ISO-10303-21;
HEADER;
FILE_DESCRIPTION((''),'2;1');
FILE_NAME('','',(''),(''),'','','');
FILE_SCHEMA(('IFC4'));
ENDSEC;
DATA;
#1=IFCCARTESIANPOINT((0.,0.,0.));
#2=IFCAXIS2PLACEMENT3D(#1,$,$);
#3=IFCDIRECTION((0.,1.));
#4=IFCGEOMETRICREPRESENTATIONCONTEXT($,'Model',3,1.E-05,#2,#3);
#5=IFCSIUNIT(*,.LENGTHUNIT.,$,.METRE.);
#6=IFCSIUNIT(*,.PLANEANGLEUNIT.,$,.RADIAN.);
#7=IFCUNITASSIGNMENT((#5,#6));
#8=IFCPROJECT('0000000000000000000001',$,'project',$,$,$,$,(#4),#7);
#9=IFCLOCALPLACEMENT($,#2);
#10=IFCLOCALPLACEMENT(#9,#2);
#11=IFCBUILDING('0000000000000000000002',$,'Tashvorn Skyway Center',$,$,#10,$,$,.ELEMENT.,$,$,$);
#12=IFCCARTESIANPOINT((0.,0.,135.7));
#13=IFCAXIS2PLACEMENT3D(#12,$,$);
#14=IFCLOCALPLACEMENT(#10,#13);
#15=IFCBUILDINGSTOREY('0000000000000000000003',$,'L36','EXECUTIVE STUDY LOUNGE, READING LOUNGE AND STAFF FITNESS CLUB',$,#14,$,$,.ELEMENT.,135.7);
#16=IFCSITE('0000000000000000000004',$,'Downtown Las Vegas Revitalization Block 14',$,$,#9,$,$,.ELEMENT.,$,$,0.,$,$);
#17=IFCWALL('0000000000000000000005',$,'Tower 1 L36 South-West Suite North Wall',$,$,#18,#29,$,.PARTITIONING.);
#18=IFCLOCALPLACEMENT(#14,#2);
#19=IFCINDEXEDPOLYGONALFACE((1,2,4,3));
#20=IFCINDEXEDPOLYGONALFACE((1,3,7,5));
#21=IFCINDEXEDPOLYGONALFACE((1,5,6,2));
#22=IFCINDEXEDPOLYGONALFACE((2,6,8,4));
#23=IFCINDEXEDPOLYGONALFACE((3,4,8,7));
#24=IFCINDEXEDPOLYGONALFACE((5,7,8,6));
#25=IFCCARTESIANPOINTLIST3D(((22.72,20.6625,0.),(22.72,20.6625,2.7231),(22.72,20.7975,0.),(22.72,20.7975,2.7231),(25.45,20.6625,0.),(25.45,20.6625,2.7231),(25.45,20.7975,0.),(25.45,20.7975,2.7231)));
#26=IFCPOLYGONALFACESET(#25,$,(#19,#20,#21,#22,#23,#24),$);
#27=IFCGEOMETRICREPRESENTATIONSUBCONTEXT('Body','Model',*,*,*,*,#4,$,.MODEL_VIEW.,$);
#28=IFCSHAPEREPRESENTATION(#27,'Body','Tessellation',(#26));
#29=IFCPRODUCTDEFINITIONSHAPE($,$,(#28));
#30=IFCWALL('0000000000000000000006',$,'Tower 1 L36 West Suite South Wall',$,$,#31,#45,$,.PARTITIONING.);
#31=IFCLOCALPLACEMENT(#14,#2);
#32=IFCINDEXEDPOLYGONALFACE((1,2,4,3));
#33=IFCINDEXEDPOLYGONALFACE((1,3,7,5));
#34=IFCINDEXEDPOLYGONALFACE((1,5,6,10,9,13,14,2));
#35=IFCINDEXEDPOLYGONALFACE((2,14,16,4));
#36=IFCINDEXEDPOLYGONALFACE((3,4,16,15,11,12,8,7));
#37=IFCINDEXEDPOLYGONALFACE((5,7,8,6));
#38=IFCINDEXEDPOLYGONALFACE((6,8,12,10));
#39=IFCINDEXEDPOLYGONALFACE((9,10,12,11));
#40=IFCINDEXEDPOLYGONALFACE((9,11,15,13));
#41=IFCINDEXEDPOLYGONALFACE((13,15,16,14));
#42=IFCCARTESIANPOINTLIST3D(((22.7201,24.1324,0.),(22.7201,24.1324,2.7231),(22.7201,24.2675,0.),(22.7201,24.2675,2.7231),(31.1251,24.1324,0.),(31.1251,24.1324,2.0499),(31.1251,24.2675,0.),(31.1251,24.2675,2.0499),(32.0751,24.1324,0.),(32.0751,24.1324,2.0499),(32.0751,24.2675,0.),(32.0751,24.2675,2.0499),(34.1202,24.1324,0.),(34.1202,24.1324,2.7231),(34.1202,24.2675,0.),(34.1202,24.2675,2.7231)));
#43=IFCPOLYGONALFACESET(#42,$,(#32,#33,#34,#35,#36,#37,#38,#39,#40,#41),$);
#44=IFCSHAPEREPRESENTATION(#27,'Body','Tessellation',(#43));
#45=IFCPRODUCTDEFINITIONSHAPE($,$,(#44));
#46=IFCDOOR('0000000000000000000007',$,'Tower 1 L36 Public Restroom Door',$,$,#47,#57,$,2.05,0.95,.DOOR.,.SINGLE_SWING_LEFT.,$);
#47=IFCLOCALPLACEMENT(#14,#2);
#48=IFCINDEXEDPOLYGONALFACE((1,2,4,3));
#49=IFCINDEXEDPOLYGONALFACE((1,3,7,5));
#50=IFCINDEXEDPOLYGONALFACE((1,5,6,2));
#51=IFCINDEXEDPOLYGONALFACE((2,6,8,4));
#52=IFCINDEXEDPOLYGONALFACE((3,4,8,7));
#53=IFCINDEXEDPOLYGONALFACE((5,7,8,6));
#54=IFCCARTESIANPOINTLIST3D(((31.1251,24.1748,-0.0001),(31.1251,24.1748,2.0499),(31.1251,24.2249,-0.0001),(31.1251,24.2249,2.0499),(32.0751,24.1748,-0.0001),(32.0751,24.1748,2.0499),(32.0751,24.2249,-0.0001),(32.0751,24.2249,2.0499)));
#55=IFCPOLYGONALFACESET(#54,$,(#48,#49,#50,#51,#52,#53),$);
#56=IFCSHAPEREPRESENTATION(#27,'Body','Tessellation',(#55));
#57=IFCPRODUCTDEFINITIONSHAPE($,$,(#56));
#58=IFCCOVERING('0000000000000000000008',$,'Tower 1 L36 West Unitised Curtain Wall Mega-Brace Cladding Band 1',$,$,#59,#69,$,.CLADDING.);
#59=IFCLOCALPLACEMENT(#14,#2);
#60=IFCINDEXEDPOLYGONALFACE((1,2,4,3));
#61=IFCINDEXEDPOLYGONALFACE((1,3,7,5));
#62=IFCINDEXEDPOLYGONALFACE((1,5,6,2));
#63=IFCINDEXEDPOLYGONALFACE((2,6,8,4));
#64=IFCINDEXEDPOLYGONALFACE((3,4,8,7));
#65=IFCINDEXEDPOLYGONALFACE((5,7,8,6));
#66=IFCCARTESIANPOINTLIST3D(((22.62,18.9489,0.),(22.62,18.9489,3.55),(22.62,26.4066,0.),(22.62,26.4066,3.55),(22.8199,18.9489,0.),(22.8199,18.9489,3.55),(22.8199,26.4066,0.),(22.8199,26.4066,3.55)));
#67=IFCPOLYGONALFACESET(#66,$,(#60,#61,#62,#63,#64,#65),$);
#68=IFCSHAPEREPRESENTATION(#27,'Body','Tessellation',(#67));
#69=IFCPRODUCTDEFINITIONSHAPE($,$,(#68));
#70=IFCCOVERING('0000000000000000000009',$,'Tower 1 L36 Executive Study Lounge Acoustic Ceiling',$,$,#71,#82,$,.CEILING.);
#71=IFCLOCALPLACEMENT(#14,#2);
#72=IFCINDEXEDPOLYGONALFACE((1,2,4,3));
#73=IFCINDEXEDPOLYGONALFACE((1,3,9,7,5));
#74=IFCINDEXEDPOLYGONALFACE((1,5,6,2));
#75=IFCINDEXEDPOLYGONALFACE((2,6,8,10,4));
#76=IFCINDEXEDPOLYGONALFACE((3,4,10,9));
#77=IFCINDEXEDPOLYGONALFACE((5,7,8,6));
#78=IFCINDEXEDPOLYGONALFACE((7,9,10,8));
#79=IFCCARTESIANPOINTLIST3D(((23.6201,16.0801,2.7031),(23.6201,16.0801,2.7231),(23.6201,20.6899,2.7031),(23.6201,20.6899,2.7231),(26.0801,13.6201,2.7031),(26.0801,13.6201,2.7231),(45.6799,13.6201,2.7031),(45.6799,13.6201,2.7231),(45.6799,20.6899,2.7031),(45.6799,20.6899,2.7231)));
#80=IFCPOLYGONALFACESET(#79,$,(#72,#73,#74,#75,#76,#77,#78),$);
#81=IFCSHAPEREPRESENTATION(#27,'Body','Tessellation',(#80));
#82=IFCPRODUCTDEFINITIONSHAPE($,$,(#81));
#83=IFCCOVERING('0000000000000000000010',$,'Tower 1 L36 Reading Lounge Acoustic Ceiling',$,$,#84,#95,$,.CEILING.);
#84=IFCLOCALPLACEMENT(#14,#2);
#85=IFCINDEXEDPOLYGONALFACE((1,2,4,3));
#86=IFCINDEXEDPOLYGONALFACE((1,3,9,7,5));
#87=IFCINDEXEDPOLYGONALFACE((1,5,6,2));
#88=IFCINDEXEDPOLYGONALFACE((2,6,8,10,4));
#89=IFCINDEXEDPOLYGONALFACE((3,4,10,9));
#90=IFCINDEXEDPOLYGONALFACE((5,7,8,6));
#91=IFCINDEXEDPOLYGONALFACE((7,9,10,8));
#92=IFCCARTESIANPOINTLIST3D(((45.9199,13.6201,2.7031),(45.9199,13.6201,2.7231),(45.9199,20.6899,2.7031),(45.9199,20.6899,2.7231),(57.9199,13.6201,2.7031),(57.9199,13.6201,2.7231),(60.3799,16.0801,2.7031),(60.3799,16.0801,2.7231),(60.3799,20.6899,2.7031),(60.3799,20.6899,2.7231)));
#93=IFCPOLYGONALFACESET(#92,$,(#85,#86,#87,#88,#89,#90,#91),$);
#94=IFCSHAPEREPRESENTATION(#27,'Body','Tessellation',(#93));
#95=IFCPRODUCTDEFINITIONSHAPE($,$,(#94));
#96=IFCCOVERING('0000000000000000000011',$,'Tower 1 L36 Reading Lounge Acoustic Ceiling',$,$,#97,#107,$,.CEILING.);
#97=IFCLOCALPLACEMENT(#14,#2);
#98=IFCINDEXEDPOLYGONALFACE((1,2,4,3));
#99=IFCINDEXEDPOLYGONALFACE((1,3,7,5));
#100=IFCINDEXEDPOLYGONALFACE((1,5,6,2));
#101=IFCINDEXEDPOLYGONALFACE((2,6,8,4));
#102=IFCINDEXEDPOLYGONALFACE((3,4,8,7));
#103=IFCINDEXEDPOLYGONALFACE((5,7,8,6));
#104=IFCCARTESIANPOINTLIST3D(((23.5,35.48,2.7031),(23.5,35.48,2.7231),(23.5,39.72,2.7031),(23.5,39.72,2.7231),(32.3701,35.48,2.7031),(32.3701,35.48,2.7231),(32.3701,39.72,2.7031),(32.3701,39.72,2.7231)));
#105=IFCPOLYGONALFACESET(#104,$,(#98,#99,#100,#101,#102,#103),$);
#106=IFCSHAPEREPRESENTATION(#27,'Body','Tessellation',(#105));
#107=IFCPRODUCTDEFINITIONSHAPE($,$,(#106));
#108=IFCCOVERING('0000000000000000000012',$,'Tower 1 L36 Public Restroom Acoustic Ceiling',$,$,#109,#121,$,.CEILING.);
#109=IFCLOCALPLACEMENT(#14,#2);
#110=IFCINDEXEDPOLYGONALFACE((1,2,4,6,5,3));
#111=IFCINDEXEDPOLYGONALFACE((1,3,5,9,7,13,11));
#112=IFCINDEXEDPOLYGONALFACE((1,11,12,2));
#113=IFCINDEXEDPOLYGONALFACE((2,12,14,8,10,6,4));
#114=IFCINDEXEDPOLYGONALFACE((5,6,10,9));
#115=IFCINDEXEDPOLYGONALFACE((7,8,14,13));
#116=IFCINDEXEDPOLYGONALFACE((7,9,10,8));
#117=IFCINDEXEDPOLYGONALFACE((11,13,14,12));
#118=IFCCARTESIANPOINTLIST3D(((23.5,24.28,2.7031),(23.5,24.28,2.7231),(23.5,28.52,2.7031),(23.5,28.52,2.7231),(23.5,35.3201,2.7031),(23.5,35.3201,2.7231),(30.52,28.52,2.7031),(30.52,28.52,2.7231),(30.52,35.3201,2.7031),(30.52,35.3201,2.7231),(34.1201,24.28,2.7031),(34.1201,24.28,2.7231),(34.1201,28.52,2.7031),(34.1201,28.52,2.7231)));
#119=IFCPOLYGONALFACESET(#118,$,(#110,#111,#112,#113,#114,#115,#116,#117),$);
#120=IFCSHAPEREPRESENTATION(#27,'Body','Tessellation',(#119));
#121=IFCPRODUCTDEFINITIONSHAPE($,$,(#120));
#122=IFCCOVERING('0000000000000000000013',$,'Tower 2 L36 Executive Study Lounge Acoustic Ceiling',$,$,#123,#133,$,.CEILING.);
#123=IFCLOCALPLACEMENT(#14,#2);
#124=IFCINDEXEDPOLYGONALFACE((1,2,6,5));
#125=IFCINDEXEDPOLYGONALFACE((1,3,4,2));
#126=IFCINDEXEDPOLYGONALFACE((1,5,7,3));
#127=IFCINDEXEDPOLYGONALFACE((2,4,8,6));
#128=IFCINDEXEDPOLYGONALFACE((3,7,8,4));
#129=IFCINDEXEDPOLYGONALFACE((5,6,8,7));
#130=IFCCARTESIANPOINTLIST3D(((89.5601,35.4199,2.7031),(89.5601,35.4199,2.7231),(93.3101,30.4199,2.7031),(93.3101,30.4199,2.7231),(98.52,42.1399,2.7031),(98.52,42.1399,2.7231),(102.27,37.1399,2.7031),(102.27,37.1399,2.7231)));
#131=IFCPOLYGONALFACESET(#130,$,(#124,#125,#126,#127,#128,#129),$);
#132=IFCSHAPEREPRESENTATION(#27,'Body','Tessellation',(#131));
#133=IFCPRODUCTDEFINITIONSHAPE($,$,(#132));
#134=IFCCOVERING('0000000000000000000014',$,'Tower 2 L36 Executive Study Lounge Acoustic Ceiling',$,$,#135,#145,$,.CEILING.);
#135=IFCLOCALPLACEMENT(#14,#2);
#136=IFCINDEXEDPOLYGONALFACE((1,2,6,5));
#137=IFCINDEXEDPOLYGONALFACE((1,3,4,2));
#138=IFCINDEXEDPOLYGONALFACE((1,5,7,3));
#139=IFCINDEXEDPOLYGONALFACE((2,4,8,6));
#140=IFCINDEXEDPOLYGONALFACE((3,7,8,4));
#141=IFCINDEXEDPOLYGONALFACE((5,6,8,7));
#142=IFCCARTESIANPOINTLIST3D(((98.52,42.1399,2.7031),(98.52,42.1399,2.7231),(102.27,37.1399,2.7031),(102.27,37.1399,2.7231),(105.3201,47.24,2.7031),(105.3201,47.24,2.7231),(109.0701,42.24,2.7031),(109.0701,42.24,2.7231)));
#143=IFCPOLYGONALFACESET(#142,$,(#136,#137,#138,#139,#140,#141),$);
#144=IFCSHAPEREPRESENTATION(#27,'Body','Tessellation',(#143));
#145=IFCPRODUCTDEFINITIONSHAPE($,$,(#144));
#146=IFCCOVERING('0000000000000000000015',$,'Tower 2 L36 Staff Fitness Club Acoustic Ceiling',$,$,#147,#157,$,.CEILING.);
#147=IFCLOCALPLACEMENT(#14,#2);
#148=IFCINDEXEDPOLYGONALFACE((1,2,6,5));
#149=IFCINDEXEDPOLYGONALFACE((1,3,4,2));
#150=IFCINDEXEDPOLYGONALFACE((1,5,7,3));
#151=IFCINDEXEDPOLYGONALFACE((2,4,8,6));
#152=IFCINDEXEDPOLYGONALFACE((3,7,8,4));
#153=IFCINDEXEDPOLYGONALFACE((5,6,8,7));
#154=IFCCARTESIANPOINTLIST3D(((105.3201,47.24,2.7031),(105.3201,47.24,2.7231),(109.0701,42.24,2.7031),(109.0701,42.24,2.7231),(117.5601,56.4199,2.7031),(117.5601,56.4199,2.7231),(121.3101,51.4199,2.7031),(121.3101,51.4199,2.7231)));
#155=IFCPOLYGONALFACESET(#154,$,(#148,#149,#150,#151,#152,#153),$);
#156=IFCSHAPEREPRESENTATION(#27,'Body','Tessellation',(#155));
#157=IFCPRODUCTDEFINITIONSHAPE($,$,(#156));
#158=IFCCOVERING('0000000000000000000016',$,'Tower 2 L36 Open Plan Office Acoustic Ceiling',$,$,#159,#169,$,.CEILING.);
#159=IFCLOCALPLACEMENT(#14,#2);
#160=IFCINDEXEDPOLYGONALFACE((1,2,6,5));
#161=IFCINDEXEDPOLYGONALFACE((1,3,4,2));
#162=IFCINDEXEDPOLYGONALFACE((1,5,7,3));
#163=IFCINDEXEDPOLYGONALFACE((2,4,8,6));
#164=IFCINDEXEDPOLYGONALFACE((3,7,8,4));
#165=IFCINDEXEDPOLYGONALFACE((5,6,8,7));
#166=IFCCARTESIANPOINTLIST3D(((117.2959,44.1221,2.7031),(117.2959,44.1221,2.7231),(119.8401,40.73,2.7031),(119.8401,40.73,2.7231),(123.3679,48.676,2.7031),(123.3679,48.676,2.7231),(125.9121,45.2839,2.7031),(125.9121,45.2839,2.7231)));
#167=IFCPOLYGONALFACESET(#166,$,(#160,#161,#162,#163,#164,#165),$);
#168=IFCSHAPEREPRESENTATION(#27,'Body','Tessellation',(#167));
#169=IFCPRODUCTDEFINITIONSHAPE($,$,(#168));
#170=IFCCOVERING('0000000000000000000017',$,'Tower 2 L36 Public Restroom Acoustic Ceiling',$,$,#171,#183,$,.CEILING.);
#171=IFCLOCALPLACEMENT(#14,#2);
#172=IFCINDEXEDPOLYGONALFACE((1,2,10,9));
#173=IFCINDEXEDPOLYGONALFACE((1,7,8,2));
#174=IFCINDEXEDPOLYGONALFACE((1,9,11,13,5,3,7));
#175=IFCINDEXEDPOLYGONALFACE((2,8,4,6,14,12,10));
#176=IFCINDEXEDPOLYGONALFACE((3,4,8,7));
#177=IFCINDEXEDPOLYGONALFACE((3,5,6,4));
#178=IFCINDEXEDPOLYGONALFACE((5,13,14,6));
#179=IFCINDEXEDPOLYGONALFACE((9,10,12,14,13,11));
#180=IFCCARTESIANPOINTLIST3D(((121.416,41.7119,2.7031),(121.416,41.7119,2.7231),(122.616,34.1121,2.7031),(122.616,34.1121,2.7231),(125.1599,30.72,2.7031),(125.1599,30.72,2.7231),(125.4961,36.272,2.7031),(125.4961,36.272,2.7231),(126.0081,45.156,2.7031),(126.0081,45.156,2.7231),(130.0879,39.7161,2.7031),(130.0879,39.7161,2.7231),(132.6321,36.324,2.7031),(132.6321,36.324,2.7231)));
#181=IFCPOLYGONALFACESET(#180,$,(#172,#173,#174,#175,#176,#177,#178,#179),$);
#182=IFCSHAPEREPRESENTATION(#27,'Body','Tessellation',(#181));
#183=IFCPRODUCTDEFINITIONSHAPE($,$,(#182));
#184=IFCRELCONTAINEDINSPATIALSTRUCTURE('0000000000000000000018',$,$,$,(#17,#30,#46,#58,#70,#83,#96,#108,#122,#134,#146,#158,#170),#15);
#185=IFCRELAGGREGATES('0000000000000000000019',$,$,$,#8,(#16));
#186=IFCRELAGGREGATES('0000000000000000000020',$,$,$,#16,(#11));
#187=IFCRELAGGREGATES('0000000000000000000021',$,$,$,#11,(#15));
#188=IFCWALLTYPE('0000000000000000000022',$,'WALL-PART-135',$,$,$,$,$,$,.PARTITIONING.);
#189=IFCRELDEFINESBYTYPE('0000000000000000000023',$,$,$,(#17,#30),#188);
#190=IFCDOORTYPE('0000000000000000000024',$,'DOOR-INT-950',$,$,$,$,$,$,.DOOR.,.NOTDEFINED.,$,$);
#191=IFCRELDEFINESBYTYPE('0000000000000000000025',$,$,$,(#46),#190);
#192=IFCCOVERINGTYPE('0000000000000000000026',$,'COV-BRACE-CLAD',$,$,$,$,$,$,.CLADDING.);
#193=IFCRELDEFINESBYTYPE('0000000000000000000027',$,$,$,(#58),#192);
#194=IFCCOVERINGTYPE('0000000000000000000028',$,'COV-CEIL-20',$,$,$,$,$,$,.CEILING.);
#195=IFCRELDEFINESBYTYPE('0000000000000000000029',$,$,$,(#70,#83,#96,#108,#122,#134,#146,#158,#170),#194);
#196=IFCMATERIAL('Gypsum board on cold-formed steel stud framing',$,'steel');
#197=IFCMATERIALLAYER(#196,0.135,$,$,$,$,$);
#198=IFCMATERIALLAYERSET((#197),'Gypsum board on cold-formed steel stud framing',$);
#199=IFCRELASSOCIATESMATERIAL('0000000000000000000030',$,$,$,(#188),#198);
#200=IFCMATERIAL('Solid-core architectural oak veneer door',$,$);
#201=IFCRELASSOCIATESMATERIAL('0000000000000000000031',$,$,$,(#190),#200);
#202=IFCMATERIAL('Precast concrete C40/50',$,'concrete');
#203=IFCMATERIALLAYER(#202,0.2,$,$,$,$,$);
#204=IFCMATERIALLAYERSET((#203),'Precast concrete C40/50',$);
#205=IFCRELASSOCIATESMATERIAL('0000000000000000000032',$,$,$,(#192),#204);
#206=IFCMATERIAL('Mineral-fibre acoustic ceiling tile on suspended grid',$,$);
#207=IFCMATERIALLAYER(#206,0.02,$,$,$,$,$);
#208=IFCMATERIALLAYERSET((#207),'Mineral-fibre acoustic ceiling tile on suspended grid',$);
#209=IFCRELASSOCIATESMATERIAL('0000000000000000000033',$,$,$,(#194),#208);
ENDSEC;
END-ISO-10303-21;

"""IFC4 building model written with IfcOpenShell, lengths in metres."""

from ifc_helpers import new_model, si_unit, direction, frame, frame_2d, origin, origin_2d, place, context, subcontext, project, spatial, polyline, rectangle, outline, extrude, material, layer, layer_set, type_object, element, fill, save


model = new_model("IFC4")

# Units and contexts
model_context = context("Model", 3, precision=1e-05, world=origin(), true_north=direction((0.0, 1.0)))
body_context = subcontext(model_context, "Body", "Model", "MODEL_VIEW")
ifc_project = project(units=[si_unit("LENGTHUNIT", "METRE"), si_unit("PLANEANGLEUNIT", "RADIAN")], contexts=[model_context])

# Site, building, storey
site_placement = place(None, origin())
site = spatial("IfcSite", under=ifc_project, at=site_placement, Name="Downtown Las Vegas Revitalization Block 14", CompositionType="ELEMENT", RefElevation=0.0)
building_placement = place(site_placement, origin())
building = spatial("IfcBuilding", under=site, at=building_placement, Name="Tashvorn Skyway Center", CompositionType="ELEMENT")
storey_placement = place(building_placement, frame((0.0, 0.0, 135.7)))
storey = spatial("IfcBuildingStorey", under=building, at=storey_placement, Name="L36", Description="EXECUTIVE STUDY LOUNGE, READING LOUNGE AND STAFF FITNESS CLUB", CompositionType="ELEMENT", Elevation=135.7)

# Wall
ifc_material_1 = material(Name="Gypsum board on cold-formed steel stud framing", Category="steel")
ifc_layer_1 = layer(ifc_material_1, 0.135)
ifc_layer_set_1 = layer_set([ifc_layer_1], Name="Gypsum board on cold-formed steel stud framing")
wall_type = type_object("IfcWallType", Name="WALL-PART-135", PredefinedType="PARTITIONING", material=ifc_layer_set_1)
wall_1_placement = place(storey_placement, frame((22.72, 20.73, 0.0), z_axis=(0.0, 0.0, 1.0), x_axis=(1.0, 0.0, 0.0)))
element("IfcWall", 1, at=wall_1_placement, inside=storey, type_object=wall_type, Name="Tower 1 L36 South-West Suite North Wall", PredefinedType="PARTITIONING", context=body_context, shape_type="SweptSolid", body=[
    extrude(rectangle(XDim=2.73, YDim=0.135, at=frame_2d((1.365, 0.0))), origin(), (0.0, 0.0, 1.0), 2.7231),
])

# Wall, opening, door
wall_2_placement = place(storey_placement, frame((22.72, 24.2, 0.0), z_axis=(0.0, 0.0, 1.0), x_axis=(1.0, 0.0, 0.0)))
wall_2 = element("IfcWall", 2, at=wall_2_placement, inside=storey, type_object=wall_type, Name="Tower 1 L36 West Suite South Wall", PredefinedType="PARTITIONING", context=body_context, shape_type="SweptSolid", body=[
    extrude(rectangle(XDim=11.4001, YDim=0.135, at=frame_2d((5.7002, 0.0))), origin(), (0.0, 0.0, 1.0), 2.7231),
])
opening_placement = place(wall_2_placement, frame((8.405, 0.0, 0.0)))
opening = element("IfcOpeningElement", 3, at=opening_placement, cuts=wall_2, PredefinedType="OPENING", context=body_context, shape_type="SweptSolid", body=[
    extrude(rectangle(XDim=0.95, YDim=2.05, at=frame_2d((0.4751, 1.0249))), frame((0.0, 0.0774, 0.0), z_axis=(0.0, -1.0, 0.0), x_axis=(1.0, 0.0, 0.0)), (0.0, 0.0, 1.0), 0.155),
])
ifc_material_2 = material(Name="Solid-core architectural oak veneer door")
door_type = type_object("IfcDoorType", Name="DOOR-INT-950", OperationType="NOTDEFINED", PredefinedType="DOOR", material=ifc_material_2)
door_placement = place(opening_placement, origin())
door = element("IfcDoor", 4, at=door_placement, inside=storey, type_object=door_type, Name="Tower 1 L36 Public Restroom Door", OperationType="SINGLE_SWING_LEFT", OverallHeight=2.05, OverallWidth=0.95, PredefinedType="DOOR", context=body_context, shape_type="SweptSolid", body=[
    extrude(rectangle(XDim=0.95, YDim=2.05, at=frame_2d((0.4751, 1.0249))), frame((0.0, 0.0249, 0.0), z_axis=(0.0, -1.0, 0.0), x_axis=(1.0, 0.0, 0.0)), (0.0, 0.0, 1.0), 0.05),
])
fill(opening, door)

# Coverings
ifc_material_3 = material(Name="Precast concrete C40/50", Category="concrete")
ifc_layer_2 = layer(ifc_material_3, 0.2)
ifc_layer_set_2 = layer_set([ifc_layer_2], Name="Precast concrete C40/50")
covering_type_1 = type_object("IfcCoveringType", Name="COV-BRACE-CLAD", PredefinedType="CLADDING", material=ifc_layer_set_2)
covering_1_placement = place(storey_placement, frame((22.72, 22.6777, 0.0), z_axis=(0.0, 0.0, 1.0), x_axis=(0.0, 1.0, 0.0)))
element("IfcCovering", 5, at=covering_1_placement, inside=storey, type_object=covering_type_1, Name="Tower 1 L36 West Unitised Curtain Wall Mega-Brace Cladding Band 1", PredefinedType="CLADDING", context=body_context, shape_type="SweptSolid", body=[
    extrude(rectangle(XDim=7.4578, YDim=0.2, at=origin_2d()), origin(), (0.0, 0.0, 1.0), 3.55),
])
ifc_material_4 = material(Name="Mineral-fibre acoustic ceiling tile on suspended grid")
ifc_layer_3 = layer(ifc_material_4, 0.02)
ifc_layer_set_3 = layer_set([ifc_layer_3], Name="Mineral-fibre acoustic ceiling tile on suspended grid")
covering_type_2 = type_object("IfcCoveringType", Name="COV-CEIL-20", PredefinedType="CEILING", material=ifc_layer_set_3)
covering_2_placement = place(storey_placement, frame((0.0, 0.0, 2.7031)))
element("IfcCovering", 6, at=covering_2_placement, inside=storey, type_object=covering_type_2, Name="Tower 1 L36 Executive Study Lounge Acoustic Ceiling", PredefinedType="CEILING", context=body_context, shape_type="SweptSolid", body=[
    extrude(outline(polyline([(23.6201, 20.6899), (45.6799, 20.6899), (45.6799, 13.6201), (26.0801, 13.6201), (23.6201, 16.0801), (23.6201, 20.6899)])), origin(), (0.0, 0.0, 1.0), 0.02),
])
covering_3_placement = place(storey_placement, frame((0.0, 0.0, 2.7031)))
element("IfcCovering", 7, at=covering_3_placement, inside=storey, type_object=covering_type_2, Name="Tower 1 L36 Reading Lounge Acoustic Ceiling", PredefinedType="CEILING", context=body_context, shape_type="SweptSolid", body=[
    extrude(outline(polyline([(45.9199, 13.6201), (45.9199, 20.6899), (60.3799, 20.6899), (60.3799, 16.0801), (57.9199, 13.6201), (45.9199, 13.6201)])), origin(), (0.0, 0.0, 1.0), 0.02),
])
covering_4_placement = place(storey_placement, frame((0.0, 0.0, 2.7031)))
element("IfcCovering", 8, at=covering_4_placement, inside=storey, type_object=covering_type_2, Name="Tower 1 L36 Reading Lounge Acoustic Ceiling", PredefinedType="CEILING", context=body_context, shape_type="SweptSolid", body=[
    extrude(outline(polyline([(32.3701, 39.72), (32.3701, 35.48), (23.5, 35.48), (23.5, 39.72), (32.3701, 39.72)])), origin(), (0.0, 0.0, 1.0), 0.02),
])
covering_5_placement = place(storey_placement, frame((0.0, 0.0, 2.7031)))
element("IfcCovering", 9, at=covering_5_placement, inside=storey, type_object=covering_type_2, Name="Tower 1 L36 Public Restroom Acoustic Ceiling", PredefinedType="CEILING", context=body_context, shape_type="SweptSolid", body=[
    extrude(outline(polyline([(34.1201, 24.28), (23.5, 24.28), (23.5, 28.52), (23.5, 35.3201), (30.52, 35.3201), (30.52, 28.52), (34.1201, 28.52), (34.1201, 24.28)])), origin(), (0.0, 0.0, 1.0), 0.02),
])
covering_6_placement = place(storey_placement, frame((0.0, 0.0, 2.7031)))
element("IfcCovering", 10, at=covering_6_placement, inside=storey, type_object=covering_type_2, Name="Tower 2 L36 Executive Study Lounge Acoustic Ceiling", PredefinedType="CEILING", context=body_context, shape_type="SweptSolid", body=[
    extrude(outline(polyline([(93.3101, 30.4199), (102.27, 37.1399), (98.52, 42.1399), (89.5601, 35.4199), (93.3101, 30.4199)])), origin(), (0.0, 0.0, 1.0), 0.02),
])
covering_7_placement = place(storey_placement, frame((0.0, 0.0, 2.7031)))
element("IfcCovering", 11, at=covering_7_placement, inside=storey, type_object=covering_type_2, Name="Tower 2 L36 Executive Study Lounge Acoustic Ceiling", PredefinedType="CEILING", context=body_context, shape_type="SweptSolid", body=[
    extrude(outline(polyline([(102.27, 37.1399), (109.0701, 42.24), (105.3201, 47.24), (98.52, 42.1399), (102.27, 37.1399)])), origin(), (0.0, 0.0, 1.0), 0.02),
])
covering_8_placement = place(storey_placement, frame((0.0, 0.0, 2.7031)))
element("IfcCovering", 12, at=covering_8_placement, inside=storey, type_object=covering_type_2, Name="Tower 2 L36 Staff Fitness Club Acoustic Ceiling", PredefinedType="CEILING", context=body_context, shape_type="SweptSolid", body=[
    extrude(outline(polyline([(109.0701, 42.24), (121.3101, 51.4199), (117.5601, 56.4199), (105.3201, 47.24), (109.0701, 42.24)])), origin(), (0.0, 0.0, 1.0), 0.02),
])
covering_9_placement = place(storey_placement, frame((0.0, 0.0, 2.7031)))
element("IfcCovering", 13, at=covering_9_placement, inside=storey, type_object=covering_type_2, Name="Tower 2 L36 Open Plan Office Acoustic Ceiling", PredefinedType="CEILING", context=body_context, shape_type="SweptSolid", body=[
    extrude(outline(polyline([(119.8401, 40.73), (117.2959, 44.1221), (123.3679, 48.676), (125.9121, 45.2839), (119.8401, 40.73)])), origin(), (0.0, 0.0, 1.0), 0.02),
])
covering_10_placement = place(storey_placement, frame((0.0, 0.0, 2.7031)))
element("IfcCovering", 14, at=covering_10_placement, inside=storey, type_object=covering_type_2, Name="Tower 2 L36 Public Restroom Acoustic Ceiling", PredefinedType="CEILING", context=body_context, shape_type="SweptSolid", body=[
    extrude(outline(polyline([(125.1599, 30.72), (122.616, 34.1121), (125.4961, 36.272), (121.416, 41.7119), (126.0081, 45.156), (130.0879, 39.7161), (132.6321, 36.324), (125.1599, 30.72)])), origin(), (0.0, 0.0, 1.0), 0.02),
])

save(model, "model.ifc")
